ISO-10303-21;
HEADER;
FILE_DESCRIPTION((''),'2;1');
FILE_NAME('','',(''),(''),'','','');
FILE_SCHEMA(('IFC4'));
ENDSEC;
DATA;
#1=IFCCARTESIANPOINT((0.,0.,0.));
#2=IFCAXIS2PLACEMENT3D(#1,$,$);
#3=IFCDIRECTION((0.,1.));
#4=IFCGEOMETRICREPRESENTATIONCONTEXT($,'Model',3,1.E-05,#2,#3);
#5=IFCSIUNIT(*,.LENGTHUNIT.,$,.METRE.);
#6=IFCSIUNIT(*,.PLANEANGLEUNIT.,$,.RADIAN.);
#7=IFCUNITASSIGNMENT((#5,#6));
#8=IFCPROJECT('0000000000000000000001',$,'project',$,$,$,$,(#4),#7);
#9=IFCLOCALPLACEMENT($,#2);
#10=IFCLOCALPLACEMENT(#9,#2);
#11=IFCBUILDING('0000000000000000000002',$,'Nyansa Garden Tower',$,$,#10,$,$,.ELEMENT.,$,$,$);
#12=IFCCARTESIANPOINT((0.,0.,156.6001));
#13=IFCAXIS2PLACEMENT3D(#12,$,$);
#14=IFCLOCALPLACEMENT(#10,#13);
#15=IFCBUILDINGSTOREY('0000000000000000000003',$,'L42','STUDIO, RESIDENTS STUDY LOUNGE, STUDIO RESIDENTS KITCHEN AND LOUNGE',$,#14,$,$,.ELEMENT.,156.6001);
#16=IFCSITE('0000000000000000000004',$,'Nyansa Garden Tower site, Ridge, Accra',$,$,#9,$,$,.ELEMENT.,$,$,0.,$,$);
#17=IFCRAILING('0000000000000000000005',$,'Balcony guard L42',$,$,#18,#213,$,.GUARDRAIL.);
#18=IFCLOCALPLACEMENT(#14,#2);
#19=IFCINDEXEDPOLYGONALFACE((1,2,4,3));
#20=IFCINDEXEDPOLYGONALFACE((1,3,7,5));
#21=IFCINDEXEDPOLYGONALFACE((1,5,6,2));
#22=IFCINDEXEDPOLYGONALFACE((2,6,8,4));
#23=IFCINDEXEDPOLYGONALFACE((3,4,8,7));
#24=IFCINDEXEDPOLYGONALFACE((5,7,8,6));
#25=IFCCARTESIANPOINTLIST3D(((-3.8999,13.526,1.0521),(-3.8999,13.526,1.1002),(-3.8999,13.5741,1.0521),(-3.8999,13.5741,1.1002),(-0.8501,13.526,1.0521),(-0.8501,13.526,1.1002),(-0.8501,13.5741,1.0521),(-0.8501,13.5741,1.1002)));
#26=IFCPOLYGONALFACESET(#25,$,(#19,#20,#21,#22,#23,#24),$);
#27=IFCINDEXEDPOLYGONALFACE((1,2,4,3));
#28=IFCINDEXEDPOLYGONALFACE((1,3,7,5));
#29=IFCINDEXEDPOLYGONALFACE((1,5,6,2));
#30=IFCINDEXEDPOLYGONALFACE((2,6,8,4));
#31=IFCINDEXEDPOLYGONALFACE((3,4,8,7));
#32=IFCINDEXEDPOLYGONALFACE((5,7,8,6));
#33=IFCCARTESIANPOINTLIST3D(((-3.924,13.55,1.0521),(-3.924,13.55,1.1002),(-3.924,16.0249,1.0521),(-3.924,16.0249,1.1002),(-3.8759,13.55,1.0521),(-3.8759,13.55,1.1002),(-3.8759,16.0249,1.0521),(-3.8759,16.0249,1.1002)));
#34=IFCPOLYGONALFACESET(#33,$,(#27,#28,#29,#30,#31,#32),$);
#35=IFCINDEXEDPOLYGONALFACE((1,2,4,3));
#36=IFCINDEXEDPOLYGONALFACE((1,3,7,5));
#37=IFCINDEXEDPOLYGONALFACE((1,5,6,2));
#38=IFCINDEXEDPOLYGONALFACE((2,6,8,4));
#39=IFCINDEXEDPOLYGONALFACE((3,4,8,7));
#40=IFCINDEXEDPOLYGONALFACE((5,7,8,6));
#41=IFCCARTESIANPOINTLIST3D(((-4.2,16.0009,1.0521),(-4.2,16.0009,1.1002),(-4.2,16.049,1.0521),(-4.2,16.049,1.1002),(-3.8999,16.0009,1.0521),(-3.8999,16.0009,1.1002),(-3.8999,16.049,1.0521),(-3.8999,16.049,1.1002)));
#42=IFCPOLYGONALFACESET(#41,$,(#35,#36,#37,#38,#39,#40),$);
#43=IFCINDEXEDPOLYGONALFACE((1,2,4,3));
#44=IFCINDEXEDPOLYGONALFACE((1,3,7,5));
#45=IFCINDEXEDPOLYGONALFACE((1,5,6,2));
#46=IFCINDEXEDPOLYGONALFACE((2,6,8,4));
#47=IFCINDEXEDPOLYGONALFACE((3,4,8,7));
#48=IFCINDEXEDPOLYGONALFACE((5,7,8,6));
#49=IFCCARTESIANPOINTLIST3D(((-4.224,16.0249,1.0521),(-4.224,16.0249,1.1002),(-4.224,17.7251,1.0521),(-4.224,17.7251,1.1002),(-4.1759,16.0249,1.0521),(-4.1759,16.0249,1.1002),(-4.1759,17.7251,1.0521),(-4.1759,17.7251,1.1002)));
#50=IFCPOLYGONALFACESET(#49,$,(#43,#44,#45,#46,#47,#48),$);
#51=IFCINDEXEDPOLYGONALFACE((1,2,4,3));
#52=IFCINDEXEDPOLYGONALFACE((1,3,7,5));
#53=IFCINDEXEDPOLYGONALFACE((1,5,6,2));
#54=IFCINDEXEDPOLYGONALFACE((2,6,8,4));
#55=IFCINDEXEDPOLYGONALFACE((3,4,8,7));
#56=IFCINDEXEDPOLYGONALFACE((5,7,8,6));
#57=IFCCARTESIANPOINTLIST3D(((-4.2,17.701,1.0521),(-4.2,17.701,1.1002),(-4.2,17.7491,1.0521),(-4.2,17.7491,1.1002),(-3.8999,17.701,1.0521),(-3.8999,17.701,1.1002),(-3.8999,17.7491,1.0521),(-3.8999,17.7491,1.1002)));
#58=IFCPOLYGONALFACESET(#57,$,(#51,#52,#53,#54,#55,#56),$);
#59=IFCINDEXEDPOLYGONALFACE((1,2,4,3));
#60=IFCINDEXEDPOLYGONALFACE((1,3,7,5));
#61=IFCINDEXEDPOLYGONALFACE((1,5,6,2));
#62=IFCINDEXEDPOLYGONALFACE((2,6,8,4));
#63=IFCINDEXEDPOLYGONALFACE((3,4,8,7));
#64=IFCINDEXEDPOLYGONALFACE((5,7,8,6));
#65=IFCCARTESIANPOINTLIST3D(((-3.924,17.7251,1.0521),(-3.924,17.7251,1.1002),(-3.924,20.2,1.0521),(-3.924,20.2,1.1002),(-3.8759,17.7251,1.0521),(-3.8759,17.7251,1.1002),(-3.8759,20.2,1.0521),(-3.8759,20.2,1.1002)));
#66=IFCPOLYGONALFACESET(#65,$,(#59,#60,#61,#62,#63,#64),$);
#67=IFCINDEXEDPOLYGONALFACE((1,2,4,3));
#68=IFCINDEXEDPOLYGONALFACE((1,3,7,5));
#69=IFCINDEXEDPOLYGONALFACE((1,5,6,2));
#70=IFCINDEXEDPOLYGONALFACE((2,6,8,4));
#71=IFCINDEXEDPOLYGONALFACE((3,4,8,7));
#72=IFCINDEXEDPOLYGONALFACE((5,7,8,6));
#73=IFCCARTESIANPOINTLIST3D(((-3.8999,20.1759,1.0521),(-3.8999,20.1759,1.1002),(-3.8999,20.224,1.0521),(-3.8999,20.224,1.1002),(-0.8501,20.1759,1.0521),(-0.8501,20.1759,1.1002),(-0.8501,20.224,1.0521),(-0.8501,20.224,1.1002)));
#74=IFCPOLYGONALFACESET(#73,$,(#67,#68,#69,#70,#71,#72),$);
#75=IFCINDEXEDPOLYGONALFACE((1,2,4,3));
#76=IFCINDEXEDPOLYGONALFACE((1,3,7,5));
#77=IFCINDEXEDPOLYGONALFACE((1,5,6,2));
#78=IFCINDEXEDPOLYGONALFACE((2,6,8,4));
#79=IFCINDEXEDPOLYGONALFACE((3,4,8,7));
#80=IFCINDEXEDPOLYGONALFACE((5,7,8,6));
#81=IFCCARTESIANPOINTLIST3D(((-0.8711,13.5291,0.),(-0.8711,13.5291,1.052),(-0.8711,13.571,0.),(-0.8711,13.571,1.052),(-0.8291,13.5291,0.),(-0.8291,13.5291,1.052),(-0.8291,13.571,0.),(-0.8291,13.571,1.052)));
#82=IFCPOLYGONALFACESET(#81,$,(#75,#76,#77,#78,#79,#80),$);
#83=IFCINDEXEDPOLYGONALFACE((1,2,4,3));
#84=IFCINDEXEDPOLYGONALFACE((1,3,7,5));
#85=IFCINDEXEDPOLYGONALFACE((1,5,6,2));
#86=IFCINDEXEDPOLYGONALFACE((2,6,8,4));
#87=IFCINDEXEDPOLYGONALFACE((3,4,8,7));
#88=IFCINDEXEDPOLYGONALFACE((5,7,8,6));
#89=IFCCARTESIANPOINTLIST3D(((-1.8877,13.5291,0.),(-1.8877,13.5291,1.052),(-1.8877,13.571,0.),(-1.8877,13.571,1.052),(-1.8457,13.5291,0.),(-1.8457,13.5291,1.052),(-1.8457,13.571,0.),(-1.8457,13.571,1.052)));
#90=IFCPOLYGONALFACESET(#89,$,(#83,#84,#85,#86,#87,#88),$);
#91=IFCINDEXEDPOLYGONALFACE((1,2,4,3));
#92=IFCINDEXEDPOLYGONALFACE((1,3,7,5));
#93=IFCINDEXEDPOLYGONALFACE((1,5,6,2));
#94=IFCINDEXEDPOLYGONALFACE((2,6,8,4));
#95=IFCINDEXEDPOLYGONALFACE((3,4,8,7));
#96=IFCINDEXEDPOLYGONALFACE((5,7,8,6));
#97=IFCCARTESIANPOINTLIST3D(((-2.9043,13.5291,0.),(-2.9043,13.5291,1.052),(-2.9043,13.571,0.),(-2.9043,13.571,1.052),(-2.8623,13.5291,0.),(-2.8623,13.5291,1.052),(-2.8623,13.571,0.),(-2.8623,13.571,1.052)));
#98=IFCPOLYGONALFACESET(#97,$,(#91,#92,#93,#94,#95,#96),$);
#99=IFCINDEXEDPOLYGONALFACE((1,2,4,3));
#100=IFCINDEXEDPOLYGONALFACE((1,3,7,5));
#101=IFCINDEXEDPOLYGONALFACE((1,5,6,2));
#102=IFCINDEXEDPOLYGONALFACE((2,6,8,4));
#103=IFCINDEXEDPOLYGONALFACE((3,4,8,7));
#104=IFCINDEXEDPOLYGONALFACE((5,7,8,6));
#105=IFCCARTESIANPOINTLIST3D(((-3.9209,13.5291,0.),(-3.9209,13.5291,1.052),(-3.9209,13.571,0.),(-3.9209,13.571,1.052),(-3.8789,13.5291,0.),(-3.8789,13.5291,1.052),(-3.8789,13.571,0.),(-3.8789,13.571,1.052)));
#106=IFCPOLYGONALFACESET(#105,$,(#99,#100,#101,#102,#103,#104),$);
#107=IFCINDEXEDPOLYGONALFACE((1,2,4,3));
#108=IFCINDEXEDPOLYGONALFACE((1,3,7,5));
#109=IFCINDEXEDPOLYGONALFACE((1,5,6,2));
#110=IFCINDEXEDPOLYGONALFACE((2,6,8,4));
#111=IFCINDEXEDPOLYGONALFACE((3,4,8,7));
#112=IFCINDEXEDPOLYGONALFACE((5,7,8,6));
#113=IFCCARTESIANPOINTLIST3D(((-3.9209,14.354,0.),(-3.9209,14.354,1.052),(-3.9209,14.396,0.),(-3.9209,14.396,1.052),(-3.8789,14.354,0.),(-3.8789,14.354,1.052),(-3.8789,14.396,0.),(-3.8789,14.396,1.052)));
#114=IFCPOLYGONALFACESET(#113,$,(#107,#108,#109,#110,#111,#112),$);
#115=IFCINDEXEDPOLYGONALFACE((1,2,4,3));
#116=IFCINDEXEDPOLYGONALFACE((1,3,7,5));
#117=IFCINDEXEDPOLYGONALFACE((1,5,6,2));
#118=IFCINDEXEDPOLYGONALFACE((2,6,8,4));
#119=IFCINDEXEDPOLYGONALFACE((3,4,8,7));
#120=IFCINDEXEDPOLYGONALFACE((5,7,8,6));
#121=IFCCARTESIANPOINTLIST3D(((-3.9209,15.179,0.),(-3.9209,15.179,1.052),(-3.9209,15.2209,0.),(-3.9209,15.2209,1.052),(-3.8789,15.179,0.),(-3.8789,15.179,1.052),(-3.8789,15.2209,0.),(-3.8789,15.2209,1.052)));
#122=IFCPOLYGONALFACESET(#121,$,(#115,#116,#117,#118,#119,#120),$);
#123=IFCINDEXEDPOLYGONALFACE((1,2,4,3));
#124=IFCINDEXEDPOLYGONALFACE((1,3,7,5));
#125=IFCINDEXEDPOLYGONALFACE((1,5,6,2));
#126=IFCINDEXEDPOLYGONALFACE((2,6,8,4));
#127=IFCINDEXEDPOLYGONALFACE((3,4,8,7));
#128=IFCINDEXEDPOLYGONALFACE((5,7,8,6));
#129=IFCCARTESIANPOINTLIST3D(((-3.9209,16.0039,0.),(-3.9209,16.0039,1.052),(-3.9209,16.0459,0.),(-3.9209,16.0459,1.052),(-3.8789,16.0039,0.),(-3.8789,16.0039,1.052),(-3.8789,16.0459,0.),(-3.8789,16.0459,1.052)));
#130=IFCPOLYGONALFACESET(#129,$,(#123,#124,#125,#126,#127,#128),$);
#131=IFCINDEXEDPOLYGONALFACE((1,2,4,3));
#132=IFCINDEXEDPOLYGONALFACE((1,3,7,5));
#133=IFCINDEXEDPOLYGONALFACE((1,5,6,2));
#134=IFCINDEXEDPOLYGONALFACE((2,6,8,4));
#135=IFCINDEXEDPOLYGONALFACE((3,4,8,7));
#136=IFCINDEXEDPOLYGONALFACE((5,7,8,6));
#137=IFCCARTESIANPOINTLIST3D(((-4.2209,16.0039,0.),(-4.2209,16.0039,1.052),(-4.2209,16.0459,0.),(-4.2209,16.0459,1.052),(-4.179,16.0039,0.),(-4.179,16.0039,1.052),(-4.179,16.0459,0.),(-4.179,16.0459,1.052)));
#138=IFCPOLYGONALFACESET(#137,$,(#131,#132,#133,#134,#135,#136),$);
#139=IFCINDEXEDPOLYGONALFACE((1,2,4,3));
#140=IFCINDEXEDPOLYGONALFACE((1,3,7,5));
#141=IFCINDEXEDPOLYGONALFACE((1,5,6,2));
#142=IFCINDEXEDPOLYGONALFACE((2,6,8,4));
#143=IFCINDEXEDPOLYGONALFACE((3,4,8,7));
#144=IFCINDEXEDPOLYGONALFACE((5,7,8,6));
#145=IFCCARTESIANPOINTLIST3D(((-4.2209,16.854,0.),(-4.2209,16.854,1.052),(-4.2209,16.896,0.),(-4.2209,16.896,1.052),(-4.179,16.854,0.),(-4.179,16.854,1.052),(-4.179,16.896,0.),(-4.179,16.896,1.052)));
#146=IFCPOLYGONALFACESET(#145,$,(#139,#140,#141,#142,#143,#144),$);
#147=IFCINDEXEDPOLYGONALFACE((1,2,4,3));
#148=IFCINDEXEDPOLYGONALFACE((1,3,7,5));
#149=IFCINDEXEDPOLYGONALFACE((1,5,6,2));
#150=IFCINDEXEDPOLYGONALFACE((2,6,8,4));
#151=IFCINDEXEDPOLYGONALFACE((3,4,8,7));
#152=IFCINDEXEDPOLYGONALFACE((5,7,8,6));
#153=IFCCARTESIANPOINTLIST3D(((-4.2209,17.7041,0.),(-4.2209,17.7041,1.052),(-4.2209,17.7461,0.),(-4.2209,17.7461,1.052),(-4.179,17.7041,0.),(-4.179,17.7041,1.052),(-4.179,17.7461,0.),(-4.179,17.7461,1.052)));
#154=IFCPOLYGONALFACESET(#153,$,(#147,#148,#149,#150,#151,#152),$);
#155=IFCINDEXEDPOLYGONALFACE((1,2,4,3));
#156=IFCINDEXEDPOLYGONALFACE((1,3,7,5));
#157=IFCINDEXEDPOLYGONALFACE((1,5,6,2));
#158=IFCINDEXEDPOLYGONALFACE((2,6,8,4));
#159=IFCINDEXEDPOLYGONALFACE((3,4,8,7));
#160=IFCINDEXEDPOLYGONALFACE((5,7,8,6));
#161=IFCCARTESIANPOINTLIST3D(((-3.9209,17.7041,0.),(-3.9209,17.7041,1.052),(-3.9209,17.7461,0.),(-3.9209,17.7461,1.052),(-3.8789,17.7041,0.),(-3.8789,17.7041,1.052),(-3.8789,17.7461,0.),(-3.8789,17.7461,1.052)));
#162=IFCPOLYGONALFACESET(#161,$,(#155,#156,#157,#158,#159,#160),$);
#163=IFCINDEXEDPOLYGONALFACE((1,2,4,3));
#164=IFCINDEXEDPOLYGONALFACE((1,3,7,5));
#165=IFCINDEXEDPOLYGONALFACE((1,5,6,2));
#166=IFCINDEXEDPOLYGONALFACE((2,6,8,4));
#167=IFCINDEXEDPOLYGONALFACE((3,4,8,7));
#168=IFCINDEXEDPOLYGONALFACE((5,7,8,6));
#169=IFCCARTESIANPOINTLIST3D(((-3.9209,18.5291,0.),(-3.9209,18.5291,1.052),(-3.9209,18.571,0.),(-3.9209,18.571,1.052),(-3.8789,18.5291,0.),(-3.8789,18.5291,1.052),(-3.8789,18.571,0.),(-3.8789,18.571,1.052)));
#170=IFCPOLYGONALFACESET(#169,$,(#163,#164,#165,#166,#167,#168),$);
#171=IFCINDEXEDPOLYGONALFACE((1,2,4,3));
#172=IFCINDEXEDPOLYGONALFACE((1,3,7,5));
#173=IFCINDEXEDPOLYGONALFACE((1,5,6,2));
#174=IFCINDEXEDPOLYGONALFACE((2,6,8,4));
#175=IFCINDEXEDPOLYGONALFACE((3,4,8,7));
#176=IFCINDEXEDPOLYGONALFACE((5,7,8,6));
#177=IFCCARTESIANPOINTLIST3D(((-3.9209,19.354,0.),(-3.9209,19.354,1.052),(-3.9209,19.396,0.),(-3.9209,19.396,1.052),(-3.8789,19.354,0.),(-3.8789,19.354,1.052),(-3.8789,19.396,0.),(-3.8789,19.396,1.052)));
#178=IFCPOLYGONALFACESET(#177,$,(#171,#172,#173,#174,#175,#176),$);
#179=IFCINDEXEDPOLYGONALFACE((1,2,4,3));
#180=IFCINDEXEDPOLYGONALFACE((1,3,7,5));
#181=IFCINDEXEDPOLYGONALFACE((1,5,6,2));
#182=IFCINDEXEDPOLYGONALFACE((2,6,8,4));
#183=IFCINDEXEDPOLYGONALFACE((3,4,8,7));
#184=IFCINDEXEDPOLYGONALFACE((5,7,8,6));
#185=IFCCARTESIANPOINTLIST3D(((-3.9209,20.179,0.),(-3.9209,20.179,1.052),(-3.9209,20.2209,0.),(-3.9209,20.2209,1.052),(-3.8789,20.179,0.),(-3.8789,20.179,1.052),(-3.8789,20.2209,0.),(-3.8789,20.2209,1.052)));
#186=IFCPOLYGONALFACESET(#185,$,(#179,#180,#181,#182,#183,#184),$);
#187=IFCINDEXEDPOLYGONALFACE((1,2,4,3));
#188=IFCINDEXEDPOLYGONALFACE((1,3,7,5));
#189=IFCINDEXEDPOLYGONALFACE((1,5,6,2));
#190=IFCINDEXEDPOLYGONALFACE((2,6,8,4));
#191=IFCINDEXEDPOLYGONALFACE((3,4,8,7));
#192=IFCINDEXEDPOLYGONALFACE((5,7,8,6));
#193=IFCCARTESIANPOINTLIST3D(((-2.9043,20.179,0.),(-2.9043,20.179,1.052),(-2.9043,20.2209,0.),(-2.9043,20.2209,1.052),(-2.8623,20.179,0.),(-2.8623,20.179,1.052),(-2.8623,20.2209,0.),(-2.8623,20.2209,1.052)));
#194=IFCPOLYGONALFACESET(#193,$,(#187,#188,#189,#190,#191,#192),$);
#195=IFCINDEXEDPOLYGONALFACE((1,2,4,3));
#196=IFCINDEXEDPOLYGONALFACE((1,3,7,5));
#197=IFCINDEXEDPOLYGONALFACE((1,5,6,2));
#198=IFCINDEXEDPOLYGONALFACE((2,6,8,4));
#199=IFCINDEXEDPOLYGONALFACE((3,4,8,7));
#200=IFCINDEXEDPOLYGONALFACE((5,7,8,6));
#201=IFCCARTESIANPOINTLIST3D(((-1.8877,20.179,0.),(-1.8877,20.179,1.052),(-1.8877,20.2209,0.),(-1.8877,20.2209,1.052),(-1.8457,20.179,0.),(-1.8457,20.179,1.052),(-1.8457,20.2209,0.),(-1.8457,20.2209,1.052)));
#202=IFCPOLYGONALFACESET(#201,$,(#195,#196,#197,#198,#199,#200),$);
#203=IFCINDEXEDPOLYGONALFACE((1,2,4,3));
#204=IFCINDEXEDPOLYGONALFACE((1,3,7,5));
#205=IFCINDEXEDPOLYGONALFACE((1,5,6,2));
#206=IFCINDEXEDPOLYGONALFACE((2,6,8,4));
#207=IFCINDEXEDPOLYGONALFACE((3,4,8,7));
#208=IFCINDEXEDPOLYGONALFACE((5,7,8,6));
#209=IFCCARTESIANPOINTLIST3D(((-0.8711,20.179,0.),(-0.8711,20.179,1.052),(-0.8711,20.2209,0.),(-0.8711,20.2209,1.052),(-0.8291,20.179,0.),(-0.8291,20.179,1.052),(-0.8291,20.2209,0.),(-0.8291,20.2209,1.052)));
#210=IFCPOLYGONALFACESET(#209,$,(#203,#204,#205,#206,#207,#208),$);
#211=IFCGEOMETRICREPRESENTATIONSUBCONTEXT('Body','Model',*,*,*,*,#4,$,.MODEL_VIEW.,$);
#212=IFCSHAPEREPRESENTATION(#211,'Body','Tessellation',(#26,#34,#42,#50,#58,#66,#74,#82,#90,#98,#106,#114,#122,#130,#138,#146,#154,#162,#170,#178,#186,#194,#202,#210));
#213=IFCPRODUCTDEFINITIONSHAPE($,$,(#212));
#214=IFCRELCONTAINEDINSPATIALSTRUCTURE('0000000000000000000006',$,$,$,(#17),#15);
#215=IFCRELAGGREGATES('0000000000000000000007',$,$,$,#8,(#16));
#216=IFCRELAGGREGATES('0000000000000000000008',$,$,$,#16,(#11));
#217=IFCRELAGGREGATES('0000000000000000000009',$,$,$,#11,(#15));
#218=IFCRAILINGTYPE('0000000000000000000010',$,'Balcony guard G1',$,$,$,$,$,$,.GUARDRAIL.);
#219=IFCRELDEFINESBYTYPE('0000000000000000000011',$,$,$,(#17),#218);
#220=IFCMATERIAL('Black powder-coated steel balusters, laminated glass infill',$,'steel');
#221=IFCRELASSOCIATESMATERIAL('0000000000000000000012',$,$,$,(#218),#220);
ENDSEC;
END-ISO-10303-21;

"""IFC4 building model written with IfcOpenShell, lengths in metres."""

from ifc_helpers import new_model, si_unit, direction, frame, origin, origin_2d, place, context, subcontext, project, spatial, rectangle, extrude, material, type_object, element, save


model = new_model("IFC4")

# Units and contexts
model_context = context("Model", 3, precision=1e-05, world=origin(), true_north=direction((0.0, 1.0)))
body_context = subcontext(model_context, "Body", "Model", "MODEL_VIEW")
ifc_project = project(units=[si_unit("LENGTHUNIT", "METRE"), si_unit("PLANEANGLEUNIT", "RADIAN")], contexts=[model_context])

# Site, building, storey
site_placement = place(None, origin())
site = spatial("IfcSite", under=ifc_project, at=site_placement, Name="Nyansa Garden Tower site, Ridge, Accra", CompositionType="ELEMENT", RefElevation=0.0)
building_placement = place(site_placement, origin())
building = spatial("IfcBuilding", under=site, at=building_placement, Name="Nyansa Garden Tower", CompositionType="ELEMENT")
storey_placement = place(building_placement, frame((0.0, 0.0, 156.6001)))
storey = spatial("IfcBuildingStorey", under=building, at=storey_placement, Name="L42", Description="STUDIO, RESIDENTS STUDY LOUNGE, STUDIO RESIDENTS KITCHEN AND LOUNGE", CompositionType="ELEMENT", Elevation=156.6001)

# Railing
ifc_material_1 = material(Name="Black powder-coated steel balusters, laminated glass infill", Category="steel")
railing_type = type_object("IfcRailingType", Name="Balcony guard G1", PredefinedType="GUARDRAIL", material=ifc_material_1)
railing_placement = place(storey_placement, frame((-0.8501, 13.55, 0.0)))
element("IfcRailing", 1, at=railing_placement, inside=storey, type_object=railing_type, Name="Balcony guard L42", PredefinedType="GUARDRAIL", context=body_context, shape_type="SweptSolid", body=[
    extrude(rectangle(XDim=0.0481, YDim=0.0481, at=origin_2d()), frame((0.0, 0.0, 1.0762), z_axis=(-1.0, 0.0, 0.0), x_axis=(0.0, -1.0, 0.0)), (0.0, 0.0, 1.0), 3.0498),
    extrude(rectangle(XDim=0.0481, YDim=0.0481, at=origin_2d()), frame((-3.0498, 0.0, 1.0762), z_axis=(0.0, 1.0, 0.0), x_axis=(-1.0, 0.0, 0.0)), (0.0, 0.0, 1.0), 2.4749),
    extrude(rectangle(XDim=0.0481, YDim=0.0481, at=origin_2d()), frame((-3.0498, 2.4749, 1.0762), z_axis=(-1.0, 0.0, 0.0), x_axis=(0.0, -1.0, 0.0)), (0.0, 0.0, 1.0), 0.3),
    extrude(rectangle(XDim=0.0481, YDim=0.0481, at=origin_2d()), frame((-3.3499, 2.4749, 1.0762), z_axis=(0.0, 1.0, 0.0), x_axis=(-1.0, 0.0, 0.0)), (0.0, 0.0, 1.0), 1.7002),
    extrude(rectangle(XDim=0.0481, YDim=0.0481, at=origin_2d()), frame((-3.3499, 4.175, 1.0762), z_axis=(1.0, 0.0, 0.0), x_axis=(0.0, 1.0, 0.0)), (0.0, 0.0, 1.0), 0.3),
    extrude(rectangle(XDim=0.0481, YDim=0.0481, at=origin_2d()), frame((-3.0498, 4.175, 1.0762), z_axis=(0.0, 1.0, 0.0), x_axis=(-1.0, 0.0, 0.0)), (0.0, 0.0, 1.0), 2.4749),
    extrude(rectangle(XDim=0.0481, YDim=0.0481, at=origin_2d()), frame((-3.0498, 6.6499, 1.0762), z_axis=(1.0, 0.0, 0.0), x_axis=(0.0, 1.0, 0.0)), (0.0, 0.0, 1.0), 3.0498),
    extrude(rectangle(XDim=0.042, YDim=0.042, at=origin_2d()), origin(), (0.0, 0.0, 1.0), 1.052),
    extrude(rectangle(XDim=0.042, YDim=0.042, at=origin_2d()), frame((-1.0166, 0.0, 0.0)), (0.0, 0.0, 1.0), 1.052),
    extrude(rectangle(XDim=0.042, YDim=0.042, at=origin_2d()), frame((-2.0332, 0.0, 0.0)), (0.0, 0.0, 1.0), 1.052),
    extrude(rectangle(XDim=0.042, YDim=0.042, at=origin_2d()), frame((-3.0498, 0.0, 0.0)), (0.0, 0.0, 1.0), 1.052),
    extrude(rectangle(XDim=0.042, YDim=0.042, at=origin_2d()), frame((-3.0498, 0.825, 0.0)), (0.0, 0.0, 1.0), 1.052),
    extrude(rectangle(XDim=0.042, YDim=0.042, at=origin_2d()), frame((-3.0498, 1.6499, 0.0)), (0.0, 0.0, 1.0), 1.052),
    extrude(rectangle(XDim=0.042, YDim=0.042, at=origin_2d()), frame((-3.0498, 2.4749, 0.0)), (0.0, 0.0, 1.0), 1.052),
    extrude(rectangle(XDim=0.042, YDim=0.042, at=origin_2d()), frame((-3.3499, 2.4749, 0.0)), (0.0, 0.0, 1.0), 1.052),
    extrude(rectangle(XDim=0.042, YDim=0.042, at=origin_2d()), frame((-3.3499, 3.325, 0.0)), (0.0, 0.0, 1.0), 1.052),
    extrude(rectangle(XDim=0.042, YDim=0.042, at=origin_2d()), frame((-3.3499, 4.175, 0.0)), (0.0, 0.0, 1.0), 1.052),
    extrude(rectangle(XDim=0.042, YDim=0.042, at=origin_2d()), frame((-3.0498, 4.175, 0.0)), (0.0, 0.0, 1.0), 1.052),
    extrude(rectangle(XDim=0.042, YDim=0.042, at=origin_2d()), frame((-3.0498, 5.0, 0.0)), (0.0, 0.0, 1.0), 1.052),
    extrude(rectangle(XDim=0.042, YDim=0.042, at=origin_2d()), frame((-3.0498, 5.825, 0.0)), (0.0, 0.0, 1.0), 1.052),
    extrude(rectangle(XDim=0.042, YDim=0.042, at=origin_2d()), frame((-3.0498, 6.6499, 0.0)), (0.0, 0.0, 1.0), 1.052),
    extrude(rectangle(XDim=0.042, YDim=0.042, at=origin_2d()), frame((-2.0332, 6.6499, 0.0)), (0.0, 0.0, 1.0), 1.052),
    extrude(rectangle(XDim=0.042, YDim=0.042, at=origin_2d()), frame((-1.0166, 6.6499, 0.0)), (0.0, 0.0, 1.0), 1.052),
    extrude(rectangle(XDim=0.042, YDim=0.042, at=origin_2d()), frame((0.0, 6.6499, 0.0)), (0.0, 0.0, 1.0), 1.052),
])

save(model, "model.ifc")
